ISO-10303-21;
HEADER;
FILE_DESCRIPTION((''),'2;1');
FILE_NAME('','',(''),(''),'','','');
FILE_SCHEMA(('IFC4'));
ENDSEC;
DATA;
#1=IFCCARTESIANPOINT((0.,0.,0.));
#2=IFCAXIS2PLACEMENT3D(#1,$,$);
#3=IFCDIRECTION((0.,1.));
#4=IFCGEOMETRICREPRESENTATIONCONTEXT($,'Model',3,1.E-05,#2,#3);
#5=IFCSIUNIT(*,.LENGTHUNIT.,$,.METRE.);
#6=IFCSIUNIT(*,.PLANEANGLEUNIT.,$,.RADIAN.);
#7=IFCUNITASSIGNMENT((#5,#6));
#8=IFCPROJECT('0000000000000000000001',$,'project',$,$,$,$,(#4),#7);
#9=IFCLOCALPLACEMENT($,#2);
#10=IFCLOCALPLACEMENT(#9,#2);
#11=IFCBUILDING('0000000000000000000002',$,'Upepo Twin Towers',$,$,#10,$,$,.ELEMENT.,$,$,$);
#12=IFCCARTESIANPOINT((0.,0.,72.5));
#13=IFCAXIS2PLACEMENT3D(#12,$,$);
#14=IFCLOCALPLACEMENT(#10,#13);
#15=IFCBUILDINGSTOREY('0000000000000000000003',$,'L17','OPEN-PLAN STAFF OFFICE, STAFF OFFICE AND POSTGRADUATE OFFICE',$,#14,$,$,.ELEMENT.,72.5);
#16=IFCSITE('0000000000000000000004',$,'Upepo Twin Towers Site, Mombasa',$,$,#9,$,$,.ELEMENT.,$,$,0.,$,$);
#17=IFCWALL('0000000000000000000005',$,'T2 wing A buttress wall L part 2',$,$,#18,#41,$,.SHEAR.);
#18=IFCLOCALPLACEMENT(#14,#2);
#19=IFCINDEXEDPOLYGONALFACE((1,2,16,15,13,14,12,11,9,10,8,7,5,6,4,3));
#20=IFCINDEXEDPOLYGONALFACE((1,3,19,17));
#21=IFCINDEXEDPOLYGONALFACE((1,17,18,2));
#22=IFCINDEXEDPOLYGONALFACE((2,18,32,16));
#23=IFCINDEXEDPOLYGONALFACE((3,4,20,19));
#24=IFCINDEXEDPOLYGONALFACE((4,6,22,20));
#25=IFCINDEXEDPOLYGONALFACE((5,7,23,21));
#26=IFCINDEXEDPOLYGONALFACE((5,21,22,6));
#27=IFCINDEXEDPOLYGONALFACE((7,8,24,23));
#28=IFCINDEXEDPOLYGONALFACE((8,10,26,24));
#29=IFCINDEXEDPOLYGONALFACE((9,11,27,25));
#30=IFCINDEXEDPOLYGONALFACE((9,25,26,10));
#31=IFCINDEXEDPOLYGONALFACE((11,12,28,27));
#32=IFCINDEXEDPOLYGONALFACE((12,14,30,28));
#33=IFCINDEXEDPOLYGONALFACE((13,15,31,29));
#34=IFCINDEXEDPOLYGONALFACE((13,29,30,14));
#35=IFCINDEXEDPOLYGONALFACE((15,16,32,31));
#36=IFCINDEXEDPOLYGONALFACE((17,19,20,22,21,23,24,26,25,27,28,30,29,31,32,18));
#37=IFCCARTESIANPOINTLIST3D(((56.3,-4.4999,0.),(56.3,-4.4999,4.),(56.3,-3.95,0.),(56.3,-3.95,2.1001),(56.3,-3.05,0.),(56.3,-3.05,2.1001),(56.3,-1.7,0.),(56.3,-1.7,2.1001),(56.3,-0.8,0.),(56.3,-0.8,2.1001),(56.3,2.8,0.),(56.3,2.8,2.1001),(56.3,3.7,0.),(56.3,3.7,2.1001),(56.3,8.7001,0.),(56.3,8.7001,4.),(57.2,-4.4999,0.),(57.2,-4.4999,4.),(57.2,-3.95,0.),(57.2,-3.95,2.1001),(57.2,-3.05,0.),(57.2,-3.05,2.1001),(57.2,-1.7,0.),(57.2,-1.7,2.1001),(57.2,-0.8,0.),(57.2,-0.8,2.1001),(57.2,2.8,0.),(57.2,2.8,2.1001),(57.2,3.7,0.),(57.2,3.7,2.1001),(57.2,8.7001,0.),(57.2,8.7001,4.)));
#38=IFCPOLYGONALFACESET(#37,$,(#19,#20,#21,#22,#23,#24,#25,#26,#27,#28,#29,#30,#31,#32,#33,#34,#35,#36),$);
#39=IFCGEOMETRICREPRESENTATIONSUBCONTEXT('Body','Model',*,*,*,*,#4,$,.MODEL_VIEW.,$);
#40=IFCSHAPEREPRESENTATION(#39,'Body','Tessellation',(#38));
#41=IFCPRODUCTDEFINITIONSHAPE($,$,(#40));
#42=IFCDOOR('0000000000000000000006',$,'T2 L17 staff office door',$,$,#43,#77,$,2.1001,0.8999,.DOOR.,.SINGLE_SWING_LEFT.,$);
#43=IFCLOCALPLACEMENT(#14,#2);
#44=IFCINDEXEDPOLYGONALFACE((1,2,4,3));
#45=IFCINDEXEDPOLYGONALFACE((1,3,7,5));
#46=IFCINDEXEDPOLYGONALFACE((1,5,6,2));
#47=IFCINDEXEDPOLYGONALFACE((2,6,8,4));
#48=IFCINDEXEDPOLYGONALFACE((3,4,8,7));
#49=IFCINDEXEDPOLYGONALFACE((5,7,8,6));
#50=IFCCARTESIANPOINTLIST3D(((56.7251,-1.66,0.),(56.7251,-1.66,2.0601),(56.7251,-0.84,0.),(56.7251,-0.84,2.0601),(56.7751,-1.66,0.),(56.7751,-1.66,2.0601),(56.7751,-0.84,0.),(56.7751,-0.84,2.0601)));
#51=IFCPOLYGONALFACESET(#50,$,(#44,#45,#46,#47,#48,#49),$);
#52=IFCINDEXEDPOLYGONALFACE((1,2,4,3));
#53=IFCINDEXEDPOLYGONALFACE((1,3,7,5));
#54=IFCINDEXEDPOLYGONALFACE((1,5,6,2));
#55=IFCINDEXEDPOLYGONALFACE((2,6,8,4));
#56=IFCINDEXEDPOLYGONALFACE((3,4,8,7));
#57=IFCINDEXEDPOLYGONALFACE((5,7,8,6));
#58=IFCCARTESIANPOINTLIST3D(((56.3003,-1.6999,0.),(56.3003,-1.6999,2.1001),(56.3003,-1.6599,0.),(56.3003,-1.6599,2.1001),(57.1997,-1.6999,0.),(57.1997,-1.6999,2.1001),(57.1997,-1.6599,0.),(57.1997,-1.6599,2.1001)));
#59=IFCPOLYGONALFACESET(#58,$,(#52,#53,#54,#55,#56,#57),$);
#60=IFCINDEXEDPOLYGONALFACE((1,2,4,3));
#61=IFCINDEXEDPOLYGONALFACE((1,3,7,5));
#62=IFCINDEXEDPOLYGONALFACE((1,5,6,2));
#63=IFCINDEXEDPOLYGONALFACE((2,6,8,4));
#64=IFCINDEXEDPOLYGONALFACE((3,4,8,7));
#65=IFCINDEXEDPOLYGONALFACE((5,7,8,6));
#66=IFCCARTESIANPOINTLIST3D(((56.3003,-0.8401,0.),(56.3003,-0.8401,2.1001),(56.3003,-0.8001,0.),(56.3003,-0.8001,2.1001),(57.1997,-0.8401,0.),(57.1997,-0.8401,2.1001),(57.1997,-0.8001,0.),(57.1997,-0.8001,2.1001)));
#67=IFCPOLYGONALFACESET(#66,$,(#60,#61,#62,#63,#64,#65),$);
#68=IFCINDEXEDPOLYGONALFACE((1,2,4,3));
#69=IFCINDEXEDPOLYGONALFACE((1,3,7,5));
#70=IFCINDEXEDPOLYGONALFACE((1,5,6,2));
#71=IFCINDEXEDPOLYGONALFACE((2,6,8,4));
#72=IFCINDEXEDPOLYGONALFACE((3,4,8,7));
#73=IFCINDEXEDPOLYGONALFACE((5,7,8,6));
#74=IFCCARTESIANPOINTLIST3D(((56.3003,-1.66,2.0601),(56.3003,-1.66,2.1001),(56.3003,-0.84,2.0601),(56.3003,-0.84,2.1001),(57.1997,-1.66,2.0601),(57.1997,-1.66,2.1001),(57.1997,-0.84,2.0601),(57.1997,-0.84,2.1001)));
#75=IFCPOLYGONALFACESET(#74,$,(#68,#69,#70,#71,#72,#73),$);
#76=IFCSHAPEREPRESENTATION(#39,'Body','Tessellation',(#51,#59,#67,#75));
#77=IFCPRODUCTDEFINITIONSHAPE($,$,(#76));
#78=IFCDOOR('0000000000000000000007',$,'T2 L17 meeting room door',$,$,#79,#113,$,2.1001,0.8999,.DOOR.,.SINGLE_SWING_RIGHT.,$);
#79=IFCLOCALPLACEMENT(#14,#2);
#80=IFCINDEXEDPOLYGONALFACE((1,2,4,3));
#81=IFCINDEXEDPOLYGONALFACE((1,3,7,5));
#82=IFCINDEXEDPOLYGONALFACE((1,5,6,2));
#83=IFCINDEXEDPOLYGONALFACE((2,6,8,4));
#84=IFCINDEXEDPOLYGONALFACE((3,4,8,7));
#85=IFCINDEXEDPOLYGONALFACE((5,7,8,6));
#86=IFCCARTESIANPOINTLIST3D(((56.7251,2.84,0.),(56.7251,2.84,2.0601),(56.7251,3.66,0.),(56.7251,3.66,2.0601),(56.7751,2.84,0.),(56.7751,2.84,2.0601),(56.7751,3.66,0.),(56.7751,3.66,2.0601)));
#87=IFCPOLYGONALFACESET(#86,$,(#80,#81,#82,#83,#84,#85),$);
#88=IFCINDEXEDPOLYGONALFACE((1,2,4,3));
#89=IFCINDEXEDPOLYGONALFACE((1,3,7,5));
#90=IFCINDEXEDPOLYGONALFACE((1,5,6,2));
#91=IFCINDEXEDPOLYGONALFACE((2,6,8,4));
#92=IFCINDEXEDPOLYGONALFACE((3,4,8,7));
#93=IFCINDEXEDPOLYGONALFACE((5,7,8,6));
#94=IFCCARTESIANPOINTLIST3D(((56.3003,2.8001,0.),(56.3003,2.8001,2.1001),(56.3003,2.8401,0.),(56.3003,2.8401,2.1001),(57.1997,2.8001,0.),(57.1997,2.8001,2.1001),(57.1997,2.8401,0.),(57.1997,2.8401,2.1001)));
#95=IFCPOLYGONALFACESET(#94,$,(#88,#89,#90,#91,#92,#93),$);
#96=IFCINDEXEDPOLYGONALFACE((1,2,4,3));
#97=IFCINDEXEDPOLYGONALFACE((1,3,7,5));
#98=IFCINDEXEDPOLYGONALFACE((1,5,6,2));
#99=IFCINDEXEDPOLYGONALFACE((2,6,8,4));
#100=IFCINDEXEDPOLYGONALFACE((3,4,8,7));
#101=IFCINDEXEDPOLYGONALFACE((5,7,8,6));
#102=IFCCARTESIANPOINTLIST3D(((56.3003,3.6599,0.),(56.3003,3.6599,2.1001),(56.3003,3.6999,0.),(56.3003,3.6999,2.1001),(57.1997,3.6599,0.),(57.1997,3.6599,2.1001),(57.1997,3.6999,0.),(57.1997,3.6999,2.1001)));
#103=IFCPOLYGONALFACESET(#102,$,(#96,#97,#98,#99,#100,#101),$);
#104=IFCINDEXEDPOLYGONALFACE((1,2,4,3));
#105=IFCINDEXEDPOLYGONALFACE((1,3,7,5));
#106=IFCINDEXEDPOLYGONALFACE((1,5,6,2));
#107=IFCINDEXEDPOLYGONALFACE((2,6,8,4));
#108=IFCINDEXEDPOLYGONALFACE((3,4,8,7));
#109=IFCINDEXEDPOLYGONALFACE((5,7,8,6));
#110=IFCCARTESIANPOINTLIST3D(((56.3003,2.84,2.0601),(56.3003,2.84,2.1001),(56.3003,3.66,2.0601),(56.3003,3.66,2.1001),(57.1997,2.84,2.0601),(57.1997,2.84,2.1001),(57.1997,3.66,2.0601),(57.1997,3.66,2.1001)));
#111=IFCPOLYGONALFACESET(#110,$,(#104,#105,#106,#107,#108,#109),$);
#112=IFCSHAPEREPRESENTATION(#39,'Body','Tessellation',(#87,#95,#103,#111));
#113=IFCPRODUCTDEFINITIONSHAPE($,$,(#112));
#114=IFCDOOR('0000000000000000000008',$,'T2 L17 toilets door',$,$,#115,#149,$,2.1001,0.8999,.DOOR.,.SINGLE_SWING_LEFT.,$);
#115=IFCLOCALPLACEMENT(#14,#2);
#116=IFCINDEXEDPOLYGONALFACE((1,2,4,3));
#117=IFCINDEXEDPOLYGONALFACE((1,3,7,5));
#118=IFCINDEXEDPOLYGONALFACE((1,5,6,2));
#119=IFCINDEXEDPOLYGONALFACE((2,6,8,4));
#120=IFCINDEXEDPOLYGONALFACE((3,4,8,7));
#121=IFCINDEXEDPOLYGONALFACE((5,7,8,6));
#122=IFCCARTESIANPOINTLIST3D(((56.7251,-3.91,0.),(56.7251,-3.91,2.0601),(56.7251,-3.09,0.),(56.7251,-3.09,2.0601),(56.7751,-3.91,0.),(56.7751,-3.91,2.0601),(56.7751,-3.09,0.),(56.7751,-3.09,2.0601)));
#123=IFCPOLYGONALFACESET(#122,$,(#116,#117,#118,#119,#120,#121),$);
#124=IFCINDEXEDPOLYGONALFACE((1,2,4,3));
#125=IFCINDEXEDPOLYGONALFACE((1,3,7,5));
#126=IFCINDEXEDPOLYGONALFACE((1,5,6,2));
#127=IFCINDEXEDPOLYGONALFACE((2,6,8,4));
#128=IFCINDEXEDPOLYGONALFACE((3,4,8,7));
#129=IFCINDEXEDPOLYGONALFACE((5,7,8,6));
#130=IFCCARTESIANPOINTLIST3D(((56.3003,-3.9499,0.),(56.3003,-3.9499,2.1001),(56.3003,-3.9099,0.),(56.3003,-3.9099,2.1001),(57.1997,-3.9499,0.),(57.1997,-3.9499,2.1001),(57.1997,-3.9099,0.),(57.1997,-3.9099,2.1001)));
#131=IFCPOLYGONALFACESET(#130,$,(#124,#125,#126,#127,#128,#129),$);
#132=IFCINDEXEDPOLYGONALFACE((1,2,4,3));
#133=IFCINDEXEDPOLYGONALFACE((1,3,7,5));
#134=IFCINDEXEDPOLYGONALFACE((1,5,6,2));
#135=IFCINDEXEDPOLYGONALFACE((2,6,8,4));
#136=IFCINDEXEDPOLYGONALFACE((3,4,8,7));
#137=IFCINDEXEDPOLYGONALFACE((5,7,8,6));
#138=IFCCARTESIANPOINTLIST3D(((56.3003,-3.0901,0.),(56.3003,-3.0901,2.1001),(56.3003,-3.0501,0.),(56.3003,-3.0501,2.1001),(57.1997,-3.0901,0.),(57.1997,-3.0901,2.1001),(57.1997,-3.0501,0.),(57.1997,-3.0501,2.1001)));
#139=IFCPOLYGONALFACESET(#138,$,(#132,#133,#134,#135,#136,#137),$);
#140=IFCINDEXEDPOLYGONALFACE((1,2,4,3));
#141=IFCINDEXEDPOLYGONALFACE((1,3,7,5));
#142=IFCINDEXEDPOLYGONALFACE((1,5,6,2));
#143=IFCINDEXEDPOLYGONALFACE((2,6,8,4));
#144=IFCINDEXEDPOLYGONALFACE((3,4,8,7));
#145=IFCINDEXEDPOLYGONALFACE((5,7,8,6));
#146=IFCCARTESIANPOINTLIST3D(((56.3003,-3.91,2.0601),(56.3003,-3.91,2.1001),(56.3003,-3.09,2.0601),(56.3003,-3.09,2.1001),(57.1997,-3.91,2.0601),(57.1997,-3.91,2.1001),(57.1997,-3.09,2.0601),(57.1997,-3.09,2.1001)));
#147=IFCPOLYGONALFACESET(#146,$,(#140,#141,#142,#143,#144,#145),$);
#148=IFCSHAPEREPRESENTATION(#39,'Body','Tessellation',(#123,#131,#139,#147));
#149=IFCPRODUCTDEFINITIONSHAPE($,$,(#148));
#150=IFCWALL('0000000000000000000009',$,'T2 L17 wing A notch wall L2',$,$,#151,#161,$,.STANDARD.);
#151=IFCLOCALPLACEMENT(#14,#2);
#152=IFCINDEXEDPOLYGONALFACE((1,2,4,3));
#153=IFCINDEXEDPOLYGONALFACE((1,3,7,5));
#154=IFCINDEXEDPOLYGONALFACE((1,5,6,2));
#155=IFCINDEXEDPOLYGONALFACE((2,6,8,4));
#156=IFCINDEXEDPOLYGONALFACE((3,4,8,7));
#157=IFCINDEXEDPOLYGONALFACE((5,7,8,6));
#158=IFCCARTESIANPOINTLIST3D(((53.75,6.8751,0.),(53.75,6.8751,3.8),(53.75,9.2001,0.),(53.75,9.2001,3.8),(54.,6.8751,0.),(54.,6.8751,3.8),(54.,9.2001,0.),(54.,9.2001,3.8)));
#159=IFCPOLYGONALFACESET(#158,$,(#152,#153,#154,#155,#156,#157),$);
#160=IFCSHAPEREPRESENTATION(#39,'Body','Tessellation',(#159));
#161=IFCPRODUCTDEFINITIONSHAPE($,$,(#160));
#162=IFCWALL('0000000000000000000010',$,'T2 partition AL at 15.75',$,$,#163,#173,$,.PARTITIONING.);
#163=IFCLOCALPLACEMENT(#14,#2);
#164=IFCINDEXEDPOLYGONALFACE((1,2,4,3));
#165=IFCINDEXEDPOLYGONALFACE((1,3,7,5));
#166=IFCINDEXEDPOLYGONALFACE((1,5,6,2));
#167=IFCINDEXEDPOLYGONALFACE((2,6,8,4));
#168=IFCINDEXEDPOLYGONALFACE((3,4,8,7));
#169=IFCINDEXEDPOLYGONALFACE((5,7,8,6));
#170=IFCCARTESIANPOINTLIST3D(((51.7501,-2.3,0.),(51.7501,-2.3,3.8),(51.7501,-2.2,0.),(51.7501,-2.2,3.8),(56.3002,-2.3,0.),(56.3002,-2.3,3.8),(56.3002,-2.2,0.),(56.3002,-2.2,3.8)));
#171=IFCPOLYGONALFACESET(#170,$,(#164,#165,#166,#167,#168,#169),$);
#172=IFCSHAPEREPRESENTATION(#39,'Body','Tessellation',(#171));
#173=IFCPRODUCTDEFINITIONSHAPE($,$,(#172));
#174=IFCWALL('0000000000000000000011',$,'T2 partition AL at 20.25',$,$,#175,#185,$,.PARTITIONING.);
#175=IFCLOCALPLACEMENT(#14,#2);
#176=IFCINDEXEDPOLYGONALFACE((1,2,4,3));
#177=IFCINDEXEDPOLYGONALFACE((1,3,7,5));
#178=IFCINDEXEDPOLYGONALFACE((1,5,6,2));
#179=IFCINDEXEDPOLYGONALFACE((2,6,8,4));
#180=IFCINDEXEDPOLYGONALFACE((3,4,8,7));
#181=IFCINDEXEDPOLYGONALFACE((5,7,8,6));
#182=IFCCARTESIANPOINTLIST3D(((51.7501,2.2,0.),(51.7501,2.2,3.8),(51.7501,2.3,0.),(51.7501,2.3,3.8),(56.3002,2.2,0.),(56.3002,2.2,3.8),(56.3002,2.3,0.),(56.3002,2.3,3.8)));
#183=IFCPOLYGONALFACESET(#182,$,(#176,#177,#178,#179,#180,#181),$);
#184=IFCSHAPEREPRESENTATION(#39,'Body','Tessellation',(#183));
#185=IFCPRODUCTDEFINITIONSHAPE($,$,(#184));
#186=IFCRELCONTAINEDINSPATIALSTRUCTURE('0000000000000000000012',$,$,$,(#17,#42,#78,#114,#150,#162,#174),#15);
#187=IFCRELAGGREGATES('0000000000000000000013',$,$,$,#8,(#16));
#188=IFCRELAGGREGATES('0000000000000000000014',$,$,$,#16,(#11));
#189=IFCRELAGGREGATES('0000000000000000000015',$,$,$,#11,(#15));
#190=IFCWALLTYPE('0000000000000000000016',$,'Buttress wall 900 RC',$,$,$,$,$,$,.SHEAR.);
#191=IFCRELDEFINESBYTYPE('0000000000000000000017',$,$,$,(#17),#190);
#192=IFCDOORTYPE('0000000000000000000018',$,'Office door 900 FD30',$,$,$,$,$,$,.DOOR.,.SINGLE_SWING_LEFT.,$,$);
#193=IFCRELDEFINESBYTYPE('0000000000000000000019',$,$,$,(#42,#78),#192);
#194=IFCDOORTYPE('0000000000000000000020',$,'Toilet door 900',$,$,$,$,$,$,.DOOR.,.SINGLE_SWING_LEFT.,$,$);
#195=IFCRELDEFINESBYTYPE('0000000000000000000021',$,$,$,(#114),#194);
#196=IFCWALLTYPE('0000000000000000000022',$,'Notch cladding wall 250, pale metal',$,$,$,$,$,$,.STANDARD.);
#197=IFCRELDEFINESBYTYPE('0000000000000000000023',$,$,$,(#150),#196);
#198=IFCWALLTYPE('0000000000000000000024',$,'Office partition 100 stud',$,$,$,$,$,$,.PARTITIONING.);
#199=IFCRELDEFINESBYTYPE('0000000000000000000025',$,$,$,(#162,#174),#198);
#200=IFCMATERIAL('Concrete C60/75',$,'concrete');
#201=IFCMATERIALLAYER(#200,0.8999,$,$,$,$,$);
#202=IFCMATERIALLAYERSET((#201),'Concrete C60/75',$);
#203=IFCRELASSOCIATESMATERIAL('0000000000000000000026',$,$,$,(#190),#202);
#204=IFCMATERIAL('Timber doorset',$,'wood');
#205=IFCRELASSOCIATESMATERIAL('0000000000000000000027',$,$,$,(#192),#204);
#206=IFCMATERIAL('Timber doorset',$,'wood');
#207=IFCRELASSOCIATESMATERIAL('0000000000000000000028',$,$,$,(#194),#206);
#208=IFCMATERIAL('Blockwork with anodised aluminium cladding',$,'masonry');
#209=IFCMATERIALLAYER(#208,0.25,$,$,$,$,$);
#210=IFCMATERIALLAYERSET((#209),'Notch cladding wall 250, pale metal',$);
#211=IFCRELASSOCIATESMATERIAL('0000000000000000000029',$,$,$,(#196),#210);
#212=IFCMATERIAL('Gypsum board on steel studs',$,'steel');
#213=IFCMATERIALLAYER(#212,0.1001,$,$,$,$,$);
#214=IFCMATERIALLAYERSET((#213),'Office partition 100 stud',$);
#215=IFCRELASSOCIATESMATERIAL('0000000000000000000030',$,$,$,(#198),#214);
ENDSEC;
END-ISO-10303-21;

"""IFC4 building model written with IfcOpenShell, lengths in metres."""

from ifc_helpers import new_model, si_unit, direction, frame, frame_2d, origin, place, context, subcontext, project, spatial, rectangle, extrude, material, layer, layer_set, type_object, element, fill, save


model = new_model("IFC4")

# Units and contexts
model_context = context("Model", 3, precision=1e-05, world=origin(), true_north=direction((0.0, 1.0)))
body_context = subcontext(model_context, "Body", "Model", "MODEL_VIEW")
ifc_project = project(units=[si_unit("LENGTHUNIT", "METRE"), si_unit("PLANEANGLEUNIT", "RADIAN")], contexts=[model_context])

# Site, building, storey
site_placement = place(None, origin())
site = spatial("IfcSite", under=ifc_project, at=site_placement, Name="Upepo Twin Towers Site, Mombasa", CompositionType="ELEMENT", RefElevation=0.0)
building_placement = place(site_placement, origin())
building = spatial("IfcBuilding", under=site, at=building_placement, Name="Upepo Twin Towers", CompositionType="ELEMENT")
storey_placement = place(building_placement, frame((0.0, 0.0, 72.5)))
storey = spatial("IfcBuildingStorey", under=building, at=storey_placement, Name="L17", Description="OPEN-PLAN STAFF OFFICE, STAFF OFFICE AND POSTGRADUATE OFFICE", CompositionType="ELEMENT", Elevation=72.5)

# Wall, openings, doors
ifc_material_1 = material(Name="Concrete C60/75", Category="concrete")
ifc_layer_1 = layer(ifc_material_1, 0.8999)
ifc_layer_set_1 = layer_set([ifc_layer_1], Name="Concrete C60/75")
wall_type_1 = type_object("IfcWallType", Name="Buttress wall 900 RC", PredefinedType="SHEAR", material=ifc_layer_set_1)
wall_1_placement = place(storey_placement, frame((56.75, -4.5, 0.0), z_axis=(0.0, 0.0, 1.0), x_axis=(0.0, 1.0, 0.0)))
wall_1 = element("IfcWall", 1, at=wall_1_placement, inside=storey, type_object=wall_type_1, Name="T2 wing A buttress wall L part 2", PredefinedType="SHEAR", context=body_context, shape_type="SweptSolid", body=[
    extrude(rectangle(XDim=13.2, YDim=0.8999, at=frame_2d((6.6001, 0.0))), origin(), (0.0, 0.0, 1.0), 4.0),
])
opening_1_placement = place(wall_1_placement, frame((0.55, 0.0, 0.0)))
opening_1 = element("IfcOpeningElement", 2, at=opening_1_placement, cuts=wall_1, PredefinedType="OPENING", context=body_context, shape_type="SweptSolid", body=[
    extrude(rectangle(XDim=0.8999, YDim=2.1001, at=frame_2d((0.45, 1.05))), frame((0.0, 0.46, 0.0), z_axis=(0.0, -1.0, 0.0), x_axis=(1.0, 0.0, 0.0)), (0.0, 0.0, 1.0), 0.9199),
])
opening_2_placement = place(wall_1_placement, frame((2.8, 0.0, 0.0)))
opening_2 = element("IfcOpeningElement", 3, at=opening_2_placement, cuts=wall_1, PredefinedType="OPENING", context=body_context, shape_type="SweptSolid", body=[
    extrude(rectangle(XDim=0.8999, YDim=2.1001, at=frame_2d((0.45, 1.05))), frame((0.0, 0.46, 0.0), z_axis=(0.0, -1.0, 0.0), x_axis=(1.0, 0.0, 0.0)), (0.0, 0.0, 1.0), 0.9199),
])
opening_3_placement = place(wall_1_placement, frame((7.3, 0.0, 0.0)))
opening_3 = element("IfcOpeningElement", 4, at=opening_3_placement, cuts=wall_1, PredefinedType="OPENING", context=body_context, shape_type="SweptSolid", body=[
    extrude(rectangle(XDim=0.8999, YDim=2.1001, at=frame_2d((0.45, 1.05))), frame((0.0, 0.46, 0.0), z_axis=(0.0, -1.0, 0.0), x_axis=(1.0, 0.0, 0.0)), (0.0, 0.0, 1.0), 0.9199),
])
ifc_material_2 = material(Name="Timber doorset", Category="wood")
door_type_1 = type_object("IfcDoorType", Name="Office door 900 FD30", OperationType="SINGLE_SWING_LEFT", PredefinedType="DOOR", material=ifc_material_2)
door_1_placement = place(opening_2_placement, origin())
door_1 = element("IfcDoor", 5, at=door_1_placement, inside=storey, type_object=door_type_1, Name="T2 L17 staff office door", OperationType="SINGLE_SWING_LEFT", OverallHeight=2.1001, OverallWidth=0.8999, PredefinedType="DOOR", context=body_context, shape_type="SweptSolid", body=[
    extrude(rectangle(XDim=0.8199, YDim=2.0601, at=frame_2d((0.45, 1.03))), frame((0.0, 0.0249, 0.0), z_axis=(0.0, -1.0, 0.0), x_axis=(1.0, 0.0, 0.0)), (0.0, 0.0, 1.0), 0.05),
    extrude(rectangle(XDim=0.04, YDim=2.1001, at=frame_2d((0.02, 1.05))), frame((0.0, 0.4497, 0.0), z_axis=(0.0, -1.0, 0.0), x_axis=(1.0, 0.0, 0.0)), (0.0, 0.0, 1.0), 0.8994),
    extrude(rectangle(XDim=0.04, YDim=2.1001, at=frame_2d((0.8799, 1.05))), frame((0.0, 0.4497, 0.0), z_axis=(0.0, -1.0, 0.0), x_axis=(1.0, 0.0, 0.0)), (0.0, 0.0, 1.0), 0.8994),
    extrude(rectangle(XDim=0.8199, YDim=0.04, at=frame_2d((0.45, 2.0801))), frame((0.0, 0.4497, 0.0), z_axis=(0.0, -1.0, 0.0), x_axis=(1.0, 0.0, 0.0)), (0.0, 0.0, 1.0), 0.8994),
])
fill(opening_2, door_1)
door_2_placement = place(opening_3_placement, origin())
door_2 = element("IfcDoor", 6, at=door_2_placement, inside=storey, type_object=door_type_1, Name="T2 L17 meeting room door", OperationType="SINGLE_SWING_RIGHT", OverallHeight=2.1001, OverallWidth=0.8999, PredefinedType="DOOR", context=body_context, shape_type="SweptSolid", body=[
    extrude(rectangle(XDim=0.8199, YDim=2.0601, at=frame_2d((0.45, 1.03))), frame((0.0, 0.0249, 0.0), z_axis=(0.0, -1.0, 0.0), x_axis=(1.0, 0.0, 0.0)), (0.0, 0.0, 1.0), 0.05),
    extrude(rectangle(XDim=0.04, YDim=2.1001, at=frame_2d((0.02, 1.05))), frame((0.0, 0.4497, 0.0), z_axis=(0.0, -1.0, 0.0), x_axis=(1.0, 0.0, 0.0)), (0.0, 0.0, 1.0), 0.8994),
    extrude(rectangle(XDim=0.04, YDim=2.1001, at=frame_2d((0.8799, 1.05))), frame((0.0, 0.4497, 0.0), z_axis=(0.0, -1.0, 0.0), x_axis=(1.0, 0.0, 0.0)), (0.0, 0.0, 1.0), 0.8994),
    extrude(rectangle(XDim=0.8199, YDim=0.04, at=frame_2d((0.45, 2.0801))), frame((0.0, 0.4497, 0.0), z_axis=(0.0, -1.0, 0.0), x_axis=(1.0, 0.0, 0.0)), (0.0, 0.0, 1.0), 0.8994),
])
fill(opening_3, door_2)
ifc_material_3 = material(Name="Timber doorset", Category="wood")
door_type_2 = type_object("IfcDoorType", Name="Toilet door 900", OperationType="SINGLE_SWING_LEFT", PredefinedType="DOOR", material=ifc_material_3)
door_3_placement = place(opening_1_placement, origin())
door_3 = element("IfcDoor", 7, at=door_3_placement, inside=storey, type_object=door_type_2, Name="T2 L17 toilets door", OperationType="SINGLE_SWING_LEFT", OverallHeight=2.1001, OverallWidth=0.8999, PredefinedType="DOOR", context=body_context, shape_type="SweptSolid", body=[
    extrude(rectangle(XDim=0.8199, YDim=2.0601, at=frame_2d((0.45, 1.03))), frame((0.0, 0.0249, 0.0), z_axis=(0.0, -1.0, 0.0), x_axis=(1.0, 0.0, 0.0)), (0.0, 0.0, 1.0), 0.05),
    extrude(rectangle(XDim=0.04, YDim=2.1001, at=frame_2d((0.02, 1.05))), frame((0.0, 0.4497, 0.0), z_axis=(0.0, -1.0, 0.0), x_axis=(1.0, 0.0, 0.0)), (0.0, 0.0, 1.0), 0.8994),
    extrude(rectangle(XDim=0.04, YDim=2.1001, at=frame_2d((0.8799, 1.05))), frame((0.0, 0.4497, 0.0), z_axis=(0.0, -1.0, 0.0), x_axis=(1.0, 0.0, 0.0)), (0.0, 0.0, 1.0), 0.8994),
    extrude(rectangle(XDim=0.8199, YDim=0.04, at=frame_2d((0.45, 2.0801))), frame((0.0, 0.4497, 0.0), z_axis=(0.0, -1.0, 0.0), x_axis=(1.0, 0.0, 0.0)), (0.0, 0.0, 1.0), 0.8994),
])
fill(opening_1, door_3)

# Walls
ifc_material_4 = material(Name="Blockwork with anodised aluminium cladding", Category="masonry")
ifc_layer_2 = layer(ifc_material_4, 0.25)
ifc_layer_set_2 = layer_set([ifc_layer_2], Name="Notch cladding wall 250, pale metal")
wall_type_2 = type_object("IfcWallType", Name="Notch cladding wall 250, pale metal", PredefinedType="STANDARD", material=ifc_layer_set_2)
wall_2_placement = place(storey_placement, frame((53.875, 6.875, 0.0), z_axis=(0.0, 0.0, 1.0), x_axis=(0.0, 1.0, 0.0)))
element("IfcWall", 8, at=wall_2_placement, inside=storey, type_object=wall_type_2, Name="T2 L17 wing A notch wall L2", PredefinedType="STANDARD", context=body_context, shape_type="SweptSolid", body=[
    extrude(rectangle(XDim=2.325, YDim=0.25, at=frame_2d((1.1626, 0.0))), origin(), (0.0, 0.0, 1.0), 3.8),
])
ifc_material_5 = material(Name="Gypsum board on steel studs", Category="steel")
ifc_layer_3 = layer(ifc_material_5, 0.1001)
ifc_layer_set_3 = layer_set([ifc_layer_3], Name="Office partition 100 stud")
wall_type_3 = type_object("IfcWallType", Name="Office partition 100 stud", PredefinedType="PARTITIONING", material=ifc_layer_set_3)
for number, where, z_axis, x_axis, name in (
    (9, (56.3, -2.25, 0.0), (0.0, 0.0, 1.0), (-1.0, 0.0, 0.0), "T2 partition AL at 15.75"),
    (10, (56.3, 2.25, 0.0), (0.0, 0.0, 1.0), (-1.0, 0.0, 0.0), "T2 partition AL at 20.25"),
):
    element("IfcWall", number, at=place(storey_placement, frame(where, z_axis=z_axis, x_axis=x_axis)), inside=storey, type_object=wall_type_3, Name=name, PredefinedType="PARTITIONING", context=body_context, shape_type="SweptSolid", body=[
        extrude(rectangle(XDim=4.55, YDim=0.1001, at=frame_2d((2.2749, 0.0))), origin(), (0.0, 0.0, 1.0), 3.8),
    ])

save(model, "model.ifc")
